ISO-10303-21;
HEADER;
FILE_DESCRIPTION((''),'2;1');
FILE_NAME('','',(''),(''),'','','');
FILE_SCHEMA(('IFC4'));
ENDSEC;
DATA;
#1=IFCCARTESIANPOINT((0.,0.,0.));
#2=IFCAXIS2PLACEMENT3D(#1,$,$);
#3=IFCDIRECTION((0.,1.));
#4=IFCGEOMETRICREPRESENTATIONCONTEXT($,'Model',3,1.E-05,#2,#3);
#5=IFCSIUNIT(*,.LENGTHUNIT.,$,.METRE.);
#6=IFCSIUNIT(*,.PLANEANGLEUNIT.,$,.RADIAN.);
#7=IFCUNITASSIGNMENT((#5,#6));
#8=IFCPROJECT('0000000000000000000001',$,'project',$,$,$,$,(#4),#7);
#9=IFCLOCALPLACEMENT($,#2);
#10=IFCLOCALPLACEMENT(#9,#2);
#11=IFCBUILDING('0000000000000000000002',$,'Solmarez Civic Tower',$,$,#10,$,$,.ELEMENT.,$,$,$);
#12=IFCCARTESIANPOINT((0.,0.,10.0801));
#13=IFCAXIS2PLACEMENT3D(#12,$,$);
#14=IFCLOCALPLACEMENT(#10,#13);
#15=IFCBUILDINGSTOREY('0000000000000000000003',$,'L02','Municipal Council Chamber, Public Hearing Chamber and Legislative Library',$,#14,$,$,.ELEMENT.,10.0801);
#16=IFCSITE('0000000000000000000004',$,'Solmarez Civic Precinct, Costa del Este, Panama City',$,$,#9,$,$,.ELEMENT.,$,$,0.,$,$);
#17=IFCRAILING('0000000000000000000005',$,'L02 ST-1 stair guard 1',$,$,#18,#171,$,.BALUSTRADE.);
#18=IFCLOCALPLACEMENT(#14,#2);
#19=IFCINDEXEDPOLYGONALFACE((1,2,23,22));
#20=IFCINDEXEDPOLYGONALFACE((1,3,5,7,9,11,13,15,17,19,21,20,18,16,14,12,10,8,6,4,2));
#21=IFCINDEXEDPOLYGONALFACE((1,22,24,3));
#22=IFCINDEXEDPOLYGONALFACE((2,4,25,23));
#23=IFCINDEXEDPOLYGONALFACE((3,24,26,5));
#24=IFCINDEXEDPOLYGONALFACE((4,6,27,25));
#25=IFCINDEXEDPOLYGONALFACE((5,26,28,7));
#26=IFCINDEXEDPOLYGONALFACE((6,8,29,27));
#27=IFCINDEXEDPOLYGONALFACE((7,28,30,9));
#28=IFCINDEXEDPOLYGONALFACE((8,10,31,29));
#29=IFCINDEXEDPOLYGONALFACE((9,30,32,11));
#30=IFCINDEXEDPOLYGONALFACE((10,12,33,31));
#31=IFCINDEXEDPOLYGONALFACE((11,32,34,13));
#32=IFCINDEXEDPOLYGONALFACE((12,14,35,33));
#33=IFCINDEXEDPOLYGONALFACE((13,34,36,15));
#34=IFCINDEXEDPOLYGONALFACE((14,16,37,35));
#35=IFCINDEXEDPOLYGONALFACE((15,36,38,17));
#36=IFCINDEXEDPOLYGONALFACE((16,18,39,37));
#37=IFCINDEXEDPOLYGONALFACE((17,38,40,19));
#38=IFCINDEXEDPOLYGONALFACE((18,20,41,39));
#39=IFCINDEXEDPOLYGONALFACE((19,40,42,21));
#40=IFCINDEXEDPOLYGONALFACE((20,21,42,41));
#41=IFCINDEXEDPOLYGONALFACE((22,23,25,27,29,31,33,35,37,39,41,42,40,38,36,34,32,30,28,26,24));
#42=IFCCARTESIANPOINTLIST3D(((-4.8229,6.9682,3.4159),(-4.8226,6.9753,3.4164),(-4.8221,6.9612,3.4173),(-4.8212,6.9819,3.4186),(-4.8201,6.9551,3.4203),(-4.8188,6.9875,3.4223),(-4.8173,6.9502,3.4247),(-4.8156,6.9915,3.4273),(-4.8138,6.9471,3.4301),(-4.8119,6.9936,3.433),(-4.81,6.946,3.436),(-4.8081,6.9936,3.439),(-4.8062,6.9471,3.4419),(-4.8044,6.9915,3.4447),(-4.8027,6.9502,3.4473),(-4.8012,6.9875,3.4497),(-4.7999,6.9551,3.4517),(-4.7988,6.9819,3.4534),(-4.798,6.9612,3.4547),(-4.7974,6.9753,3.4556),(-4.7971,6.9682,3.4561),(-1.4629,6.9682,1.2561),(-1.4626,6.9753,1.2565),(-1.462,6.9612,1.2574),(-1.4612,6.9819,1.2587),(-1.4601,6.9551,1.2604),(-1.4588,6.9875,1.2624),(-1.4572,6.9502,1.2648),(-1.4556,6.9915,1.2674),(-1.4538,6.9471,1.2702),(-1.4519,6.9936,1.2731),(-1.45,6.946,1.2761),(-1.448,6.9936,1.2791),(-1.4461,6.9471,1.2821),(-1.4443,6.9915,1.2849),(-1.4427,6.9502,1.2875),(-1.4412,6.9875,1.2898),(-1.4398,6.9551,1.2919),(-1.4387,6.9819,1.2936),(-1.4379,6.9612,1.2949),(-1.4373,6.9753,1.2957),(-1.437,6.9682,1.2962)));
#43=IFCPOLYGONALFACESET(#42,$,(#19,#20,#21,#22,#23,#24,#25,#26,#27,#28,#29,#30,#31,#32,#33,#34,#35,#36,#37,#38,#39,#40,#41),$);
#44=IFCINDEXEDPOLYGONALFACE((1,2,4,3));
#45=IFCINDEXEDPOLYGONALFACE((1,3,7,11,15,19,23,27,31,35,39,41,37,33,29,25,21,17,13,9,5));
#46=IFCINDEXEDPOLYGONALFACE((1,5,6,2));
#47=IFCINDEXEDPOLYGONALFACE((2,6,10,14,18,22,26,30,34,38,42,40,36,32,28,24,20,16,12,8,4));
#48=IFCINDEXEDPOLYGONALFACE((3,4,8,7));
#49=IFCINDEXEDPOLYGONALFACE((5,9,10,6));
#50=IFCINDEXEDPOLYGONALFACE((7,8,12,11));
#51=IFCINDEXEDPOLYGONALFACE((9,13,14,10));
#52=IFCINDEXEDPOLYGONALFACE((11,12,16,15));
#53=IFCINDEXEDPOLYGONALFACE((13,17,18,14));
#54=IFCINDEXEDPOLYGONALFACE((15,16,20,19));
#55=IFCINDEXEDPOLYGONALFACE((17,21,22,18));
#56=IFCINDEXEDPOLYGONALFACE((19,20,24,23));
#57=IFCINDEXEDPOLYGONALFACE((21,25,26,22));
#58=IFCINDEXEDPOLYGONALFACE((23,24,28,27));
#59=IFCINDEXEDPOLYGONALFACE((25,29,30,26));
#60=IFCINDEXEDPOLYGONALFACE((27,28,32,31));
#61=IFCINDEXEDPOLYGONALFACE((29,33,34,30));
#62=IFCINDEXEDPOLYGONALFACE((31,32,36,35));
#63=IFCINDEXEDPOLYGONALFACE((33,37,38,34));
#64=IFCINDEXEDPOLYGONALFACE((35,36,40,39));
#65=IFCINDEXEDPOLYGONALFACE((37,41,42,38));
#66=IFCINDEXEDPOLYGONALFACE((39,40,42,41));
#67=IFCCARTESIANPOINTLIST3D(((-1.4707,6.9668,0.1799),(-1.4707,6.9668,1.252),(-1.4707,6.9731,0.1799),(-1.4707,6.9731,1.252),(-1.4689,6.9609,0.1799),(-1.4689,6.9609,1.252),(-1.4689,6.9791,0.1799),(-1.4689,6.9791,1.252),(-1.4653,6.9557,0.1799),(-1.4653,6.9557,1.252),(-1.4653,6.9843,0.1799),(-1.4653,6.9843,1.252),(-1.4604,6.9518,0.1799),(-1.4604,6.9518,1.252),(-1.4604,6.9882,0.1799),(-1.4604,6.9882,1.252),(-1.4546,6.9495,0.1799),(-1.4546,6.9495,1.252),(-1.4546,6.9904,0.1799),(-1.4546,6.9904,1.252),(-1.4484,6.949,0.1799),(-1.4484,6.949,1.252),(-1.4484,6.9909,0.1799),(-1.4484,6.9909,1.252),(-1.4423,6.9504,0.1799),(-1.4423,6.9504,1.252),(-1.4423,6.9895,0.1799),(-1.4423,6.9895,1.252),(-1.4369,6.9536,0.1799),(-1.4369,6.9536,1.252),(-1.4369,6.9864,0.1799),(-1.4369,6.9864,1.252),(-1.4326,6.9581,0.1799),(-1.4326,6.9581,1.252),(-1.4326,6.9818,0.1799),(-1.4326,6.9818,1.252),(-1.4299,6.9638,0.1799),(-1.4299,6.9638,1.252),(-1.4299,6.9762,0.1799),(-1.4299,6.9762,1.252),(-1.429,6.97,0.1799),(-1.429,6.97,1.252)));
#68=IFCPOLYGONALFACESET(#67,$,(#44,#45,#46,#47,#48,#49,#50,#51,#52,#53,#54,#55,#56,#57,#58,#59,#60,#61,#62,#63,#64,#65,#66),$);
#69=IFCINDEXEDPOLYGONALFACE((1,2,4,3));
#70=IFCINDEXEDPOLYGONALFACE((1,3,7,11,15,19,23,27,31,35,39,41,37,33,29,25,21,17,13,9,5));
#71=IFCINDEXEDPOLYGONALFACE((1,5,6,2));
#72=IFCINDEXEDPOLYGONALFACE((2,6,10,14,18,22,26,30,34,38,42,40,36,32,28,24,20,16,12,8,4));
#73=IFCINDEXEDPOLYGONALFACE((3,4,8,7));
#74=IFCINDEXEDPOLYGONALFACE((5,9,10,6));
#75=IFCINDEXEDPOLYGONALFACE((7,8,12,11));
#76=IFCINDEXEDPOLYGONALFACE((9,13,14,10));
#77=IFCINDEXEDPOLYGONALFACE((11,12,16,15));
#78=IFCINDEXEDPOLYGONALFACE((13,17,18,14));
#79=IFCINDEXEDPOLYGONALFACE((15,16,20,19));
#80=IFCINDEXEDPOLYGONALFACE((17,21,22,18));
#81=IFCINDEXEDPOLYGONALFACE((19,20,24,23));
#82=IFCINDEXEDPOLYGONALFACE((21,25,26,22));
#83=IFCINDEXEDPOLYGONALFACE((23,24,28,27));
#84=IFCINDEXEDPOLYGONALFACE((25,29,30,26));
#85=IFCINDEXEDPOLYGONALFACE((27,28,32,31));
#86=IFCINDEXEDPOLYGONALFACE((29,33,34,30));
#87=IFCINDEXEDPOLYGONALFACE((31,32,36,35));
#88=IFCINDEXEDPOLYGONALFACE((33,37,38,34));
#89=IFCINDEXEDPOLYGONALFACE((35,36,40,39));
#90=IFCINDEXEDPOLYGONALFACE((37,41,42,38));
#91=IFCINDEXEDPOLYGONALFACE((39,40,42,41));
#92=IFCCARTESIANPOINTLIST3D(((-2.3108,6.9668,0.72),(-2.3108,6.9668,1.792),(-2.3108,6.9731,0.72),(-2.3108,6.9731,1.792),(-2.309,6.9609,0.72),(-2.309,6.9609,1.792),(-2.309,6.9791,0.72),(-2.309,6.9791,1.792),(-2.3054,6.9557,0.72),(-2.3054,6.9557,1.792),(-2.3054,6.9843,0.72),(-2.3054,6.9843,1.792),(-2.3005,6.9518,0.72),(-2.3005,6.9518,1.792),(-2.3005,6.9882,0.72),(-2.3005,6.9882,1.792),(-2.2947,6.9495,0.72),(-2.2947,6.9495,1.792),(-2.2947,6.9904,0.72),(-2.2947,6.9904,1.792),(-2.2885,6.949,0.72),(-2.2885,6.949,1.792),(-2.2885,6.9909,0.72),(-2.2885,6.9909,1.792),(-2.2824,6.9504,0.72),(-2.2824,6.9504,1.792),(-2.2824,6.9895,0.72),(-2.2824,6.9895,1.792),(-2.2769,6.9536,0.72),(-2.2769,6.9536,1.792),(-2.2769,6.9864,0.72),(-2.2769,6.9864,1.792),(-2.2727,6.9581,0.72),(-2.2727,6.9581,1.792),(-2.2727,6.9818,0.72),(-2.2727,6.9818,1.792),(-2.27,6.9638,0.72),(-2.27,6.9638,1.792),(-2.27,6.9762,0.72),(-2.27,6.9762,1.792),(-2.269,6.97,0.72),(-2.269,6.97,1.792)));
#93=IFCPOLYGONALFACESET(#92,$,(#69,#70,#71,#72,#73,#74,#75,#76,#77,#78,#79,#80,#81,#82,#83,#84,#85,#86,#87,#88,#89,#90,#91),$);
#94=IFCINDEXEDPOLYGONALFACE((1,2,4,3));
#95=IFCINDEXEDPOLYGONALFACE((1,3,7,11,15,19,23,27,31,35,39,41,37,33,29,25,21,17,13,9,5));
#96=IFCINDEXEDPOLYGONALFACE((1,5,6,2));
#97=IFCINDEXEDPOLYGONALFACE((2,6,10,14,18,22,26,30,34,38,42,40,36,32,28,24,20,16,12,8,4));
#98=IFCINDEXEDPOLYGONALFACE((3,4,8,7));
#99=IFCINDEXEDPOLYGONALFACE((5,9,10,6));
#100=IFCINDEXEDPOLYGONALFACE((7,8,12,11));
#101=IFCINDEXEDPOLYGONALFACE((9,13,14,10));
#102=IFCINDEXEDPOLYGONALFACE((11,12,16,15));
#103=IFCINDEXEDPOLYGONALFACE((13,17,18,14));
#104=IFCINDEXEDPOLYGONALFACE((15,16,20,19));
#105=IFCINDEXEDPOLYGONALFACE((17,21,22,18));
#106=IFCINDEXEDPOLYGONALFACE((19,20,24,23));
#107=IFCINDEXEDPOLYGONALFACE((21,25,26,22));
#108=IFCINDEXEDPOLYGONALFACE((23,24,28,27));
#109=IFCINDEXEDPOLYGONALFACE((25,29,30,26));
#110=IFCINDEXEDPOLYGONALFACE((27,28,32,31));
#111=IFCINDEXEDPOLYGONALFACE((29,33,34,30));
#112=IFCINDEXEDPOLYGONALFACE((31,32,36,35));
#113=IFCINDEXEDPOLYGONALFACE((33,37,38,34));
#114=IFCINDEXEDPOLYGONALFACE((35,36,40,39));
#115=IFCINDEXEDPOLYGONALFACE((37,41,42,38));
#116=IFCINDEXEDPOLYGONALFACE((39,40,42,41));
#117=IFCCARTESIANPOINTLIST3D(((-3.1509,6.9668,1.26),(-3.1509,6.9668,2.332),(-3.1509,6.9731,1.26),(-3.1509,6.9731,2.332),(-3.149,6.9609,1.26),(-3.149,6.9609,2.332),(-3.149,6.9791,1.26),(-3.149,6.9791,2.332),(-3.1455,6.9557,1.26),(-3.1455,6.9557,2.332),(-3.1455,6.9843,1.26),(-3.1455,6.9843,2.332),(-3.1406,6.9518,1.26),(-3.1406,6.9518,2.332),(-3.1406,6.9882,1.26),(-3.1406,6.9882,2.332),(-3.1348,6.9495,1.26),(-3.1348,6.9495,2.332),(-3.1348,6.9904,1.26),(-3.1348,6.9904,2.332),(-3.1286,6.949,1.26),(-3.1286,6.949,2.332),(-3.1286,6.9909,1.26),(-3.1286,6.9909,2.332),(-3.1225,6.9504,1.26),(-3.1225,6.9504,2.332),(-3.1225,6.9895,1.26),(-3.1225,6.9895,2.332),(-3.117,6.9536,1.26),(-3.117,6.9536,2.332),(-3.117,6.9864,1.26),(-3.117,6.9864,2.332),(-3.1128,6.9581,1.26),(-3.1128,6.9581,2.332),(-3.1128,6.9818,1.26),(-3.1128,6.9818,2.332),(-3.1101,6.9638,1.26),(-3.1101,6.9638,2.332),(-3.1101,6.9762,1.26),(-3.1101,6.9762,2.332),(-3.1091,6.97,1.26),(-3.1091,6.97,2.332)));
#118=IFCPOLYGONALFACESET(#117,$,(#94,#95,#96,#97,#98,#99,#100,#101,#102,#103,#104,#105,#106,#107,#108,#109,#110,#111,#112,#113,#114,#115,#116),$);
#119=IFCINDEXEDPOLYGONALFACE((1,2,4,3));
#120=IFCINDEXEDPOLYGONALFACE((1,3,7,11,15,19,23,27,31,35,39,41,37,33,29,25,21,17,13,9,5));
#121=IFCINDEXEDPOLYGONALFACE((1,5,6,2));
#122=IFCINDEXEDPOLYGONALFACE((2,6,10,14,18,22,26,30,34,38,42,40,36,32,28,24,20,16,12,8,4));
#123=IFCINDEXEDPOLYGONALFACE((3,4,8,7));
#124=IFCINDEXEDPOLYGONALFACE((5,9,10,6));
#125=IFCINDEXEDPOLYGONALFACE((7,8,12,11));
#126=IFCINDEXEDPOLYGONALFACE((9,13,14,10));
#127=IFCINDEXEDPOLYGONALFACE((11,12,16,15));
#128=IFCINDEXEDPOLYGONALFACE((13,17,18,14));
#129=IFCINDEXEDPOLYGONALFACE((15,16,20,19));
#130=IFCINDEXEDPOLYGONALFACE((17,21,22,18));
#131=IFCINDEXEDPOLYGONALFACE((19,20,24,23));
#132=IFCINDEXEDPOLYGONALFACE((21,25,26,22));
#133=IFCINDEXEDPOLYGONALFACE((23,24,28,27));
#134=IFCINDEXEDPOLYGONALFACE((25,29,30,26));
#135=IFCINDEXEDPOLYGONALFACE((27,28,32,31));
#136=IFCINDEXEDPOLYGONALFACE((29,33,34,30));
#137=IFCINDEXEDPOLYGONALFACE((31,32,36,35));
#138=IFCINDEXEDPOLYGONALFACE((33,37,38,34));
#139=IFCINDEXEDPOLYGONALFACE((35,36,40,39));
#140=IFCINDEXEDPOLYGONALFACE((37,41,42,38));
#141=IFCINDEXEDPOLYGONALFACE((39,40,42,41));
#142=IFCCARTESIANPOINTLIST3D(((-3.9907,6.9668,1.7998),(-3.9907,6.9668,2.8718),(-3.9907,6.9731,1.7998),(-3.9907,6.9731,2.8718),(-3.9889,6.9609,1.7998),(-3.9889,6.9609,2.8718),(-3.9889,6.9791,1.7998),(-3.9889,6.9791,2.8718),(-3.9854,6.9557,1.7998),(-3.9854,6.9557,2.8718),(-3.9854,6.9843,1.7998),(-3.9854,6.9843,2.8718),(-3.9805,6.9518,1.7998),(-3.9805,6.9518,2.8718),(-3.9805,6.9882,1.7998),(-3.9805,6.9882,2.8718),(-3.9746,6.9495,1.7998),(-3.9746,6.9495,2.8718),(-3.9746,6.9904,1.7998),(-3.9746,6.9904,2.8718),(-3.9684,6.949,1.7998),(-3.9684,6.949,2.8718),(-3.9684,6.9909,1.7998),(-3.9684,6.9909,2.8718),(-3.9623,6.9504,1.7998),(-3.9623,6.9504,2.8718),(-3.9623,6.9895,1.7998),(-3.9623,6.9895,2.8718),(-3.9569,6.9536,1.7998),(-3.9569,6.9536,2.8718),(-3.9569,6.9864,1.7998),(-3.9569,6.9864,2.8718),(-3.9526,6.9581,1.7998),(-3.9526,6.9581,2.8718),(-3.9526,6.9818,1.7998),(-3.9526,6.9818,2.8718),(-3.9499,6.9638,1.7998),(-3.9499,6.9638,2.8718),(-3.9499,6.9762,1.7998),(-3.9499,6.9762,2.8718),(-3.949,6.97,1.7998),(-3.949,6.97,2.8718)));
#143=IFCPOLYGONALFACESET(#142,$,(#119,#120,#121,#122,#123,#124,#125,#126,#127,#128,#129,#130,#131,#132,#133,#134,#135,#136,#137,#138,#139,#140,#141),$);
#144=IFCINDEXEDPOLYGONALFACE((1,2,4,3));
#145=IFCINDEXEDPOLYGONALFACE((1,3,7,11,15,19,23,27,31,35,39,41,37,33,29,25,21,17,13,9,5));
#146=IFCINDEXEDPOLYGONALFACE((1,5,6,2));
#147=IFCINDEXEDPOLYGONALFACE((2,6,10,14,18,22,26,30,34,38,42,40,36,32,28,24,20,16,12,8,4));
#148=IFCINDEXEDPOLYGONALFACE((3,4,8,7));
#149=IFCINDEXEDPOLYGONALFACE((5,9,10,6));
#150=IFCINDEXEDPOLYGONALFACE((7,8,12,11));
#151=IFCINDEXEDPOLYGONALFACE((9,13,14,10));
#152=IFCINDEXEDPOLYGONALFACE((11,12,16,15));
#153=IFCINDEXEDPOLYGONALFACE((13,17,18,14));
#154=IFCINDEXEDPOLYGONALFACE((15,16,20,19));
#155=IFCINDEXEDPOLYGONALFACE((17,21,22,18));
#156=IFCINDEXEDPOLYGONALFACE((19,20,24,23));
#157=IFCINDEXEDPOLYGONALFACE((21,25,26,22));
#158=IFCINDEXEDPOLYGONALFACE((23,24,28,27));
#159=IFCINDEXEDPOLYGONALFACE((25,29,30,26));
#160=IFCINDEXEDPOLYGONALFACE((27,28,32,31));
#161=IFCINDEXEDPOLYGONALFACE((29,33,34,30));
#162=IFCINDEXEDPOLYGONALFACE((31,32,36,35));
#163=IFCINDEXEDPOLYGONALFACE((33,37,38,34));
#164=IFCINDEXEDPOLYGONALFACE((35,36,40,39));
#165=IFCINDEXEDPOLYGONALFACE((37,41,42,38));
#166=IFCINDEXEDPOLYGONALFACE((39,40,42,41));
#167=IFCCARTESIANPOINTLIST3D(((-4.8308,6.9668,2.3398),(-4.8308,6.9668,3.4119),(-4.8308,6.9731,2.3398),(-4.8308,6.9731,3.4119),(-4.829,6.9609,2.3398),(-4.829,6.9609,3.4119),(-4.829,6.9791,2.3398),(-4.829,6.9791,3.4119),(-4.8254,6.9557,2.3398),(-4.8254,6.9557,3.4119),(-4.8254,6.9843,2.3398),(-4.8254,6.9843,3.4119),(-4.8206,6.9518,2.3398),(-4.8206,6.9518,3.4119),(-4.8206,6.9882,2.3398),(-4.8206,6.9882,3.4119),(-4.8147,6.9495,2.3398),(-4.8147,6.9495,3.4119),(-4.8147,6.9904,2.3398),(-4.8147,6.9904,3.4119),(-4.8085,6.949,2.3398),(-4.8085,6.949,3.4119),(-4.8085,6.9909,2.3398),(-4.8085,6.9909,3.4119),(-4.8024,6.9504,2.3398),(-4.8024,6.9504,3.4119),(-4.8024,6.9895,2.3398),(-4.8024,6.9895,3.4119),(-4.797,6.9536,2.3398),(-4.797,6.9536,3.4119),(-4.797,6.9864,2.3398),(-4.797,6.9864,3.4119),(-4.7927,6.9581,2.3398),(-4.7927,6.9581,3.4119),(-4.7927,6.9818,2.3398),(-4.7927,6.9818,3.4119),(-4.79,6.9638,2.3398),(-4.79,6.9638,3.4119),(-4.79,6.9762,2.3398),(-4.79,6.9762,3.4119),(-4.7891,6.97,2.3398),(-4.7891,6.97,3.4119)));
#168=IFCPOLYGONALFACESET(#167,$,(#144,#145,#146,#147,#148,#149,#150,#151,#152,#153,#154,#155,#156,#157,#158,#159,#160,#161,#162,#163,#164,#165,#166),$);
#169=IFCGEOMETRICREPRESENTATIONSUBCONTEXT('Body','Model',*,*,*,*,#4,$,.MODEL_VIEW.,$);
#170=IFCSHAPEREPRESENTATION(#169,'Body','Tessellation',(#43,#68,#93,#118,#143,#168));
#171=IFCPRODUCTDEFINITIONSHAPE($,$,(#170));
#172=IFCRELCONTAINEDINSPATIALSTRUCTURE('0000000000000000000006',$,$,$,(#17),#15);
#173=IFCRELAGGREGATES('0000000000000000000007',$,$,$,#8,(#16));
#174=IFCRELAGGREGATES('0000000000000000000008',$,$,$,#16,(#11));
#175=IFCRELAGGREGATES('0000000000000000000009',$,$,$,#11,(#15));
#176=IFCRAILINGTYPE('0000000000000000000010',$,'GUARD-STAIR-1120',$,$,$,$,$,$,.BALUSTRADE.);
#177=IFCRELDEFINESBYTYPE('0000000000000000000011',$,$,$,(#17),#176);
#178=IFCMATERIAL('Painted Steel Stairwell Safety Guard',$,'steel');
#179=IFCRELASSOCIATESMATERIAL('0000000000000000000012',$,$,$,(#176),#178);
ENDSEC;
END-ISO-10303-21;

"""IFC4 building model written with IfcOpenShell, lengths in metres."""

from ifc_helpers import new_model, si_unit, direction, frame, origin, origin_2d, place, context, subcontext, project, spatial, circle, extrude, material, type_object, element, save


model = new_model("IFC4")

# Units and contexts
model_context = context("Model", 3, precision=1e-05, world=origin(), true_north=direction((0.0, 1.0)))
body_context = subcontext(model_context, "Body", "Model", "MODEL_VIEW")
ifc_project = project(units=[si_unit("LENGTHUNIT", "METRE"), si_unit("PLANEANGLEUNIT", "RADIAN")], contexts=[model_context])

# Site, building, storey
site_placement = place(None, origin())
site = spatial("IfcSite", under=ifc_project, at=site_placement, Name="Solmarez Civic Precinct, Costa del Este, Panama City", CompositionType="ELEMENT", RefElevation=0.0)
building_placement = place(site_placement, origin())
building = spatial("IfcBuilding", under=site, at=building_placement, Name="Solmarez Civic Tower", CompositionType="ELEMENT")
storey_placement = place(building_placement, frame((0.0, 0.0, 10.0801)))
storey = spatial("IfcBuildingStorey", under=building, at=storey_placement, Name="L02", Description="Municipal Council Chamber, Public Hearing Chamber and Legislative Library", CompositionType="ELEMENT", Elevation=10.0801)

# Railing
ifc_material_1 = material(Name="Painted Steel Stairwell Safety Guard", Category="steel")
railing_type_1 = type_object("IfcRailingType", Name="GUARD-STAIR-1120", PredefinedType="BALUSTRADE", material=ifc_material_1)
railing_1_placement = place(storey_placement, frame((-1.45, 6.97, 0.1799)))
element("IfcRailing", 1, at=railing_1_placement, inside=storey, type_object=railing_type_1, Name="L02 ST-1 stair guard 1", PredefinedType="BALUSTRADE", context=body_context, shape_type="SweptSolid", body=[
    extrude(circle(Radius=0.0239, at=origin_2d()), frame((0.0, 0.0, 1.0962), z_axis=(-0.841196, 0.0, 0.54073), x_axis=(0.0, -1.0, 0.0)), (0.0, 0.0, 1.0), 3.9944),
    extrude(circle(Radius=0.021, at=origin_2d()), origin(), (0.0, 0.0, 1.0), 1.072),
    extrude(circle(Radius=0.021, at=origin_2d()), frame((-0.8401, 0.0, 0.54)), (0.0, 0.0, 1.0), 1.072),
    extrude(circle(Radius=0.021, at=origin_2d()), frame((-1.6802, 0.0, 1.0801)), (0.0, 0.0, 1.0), 1.072),
    extrude(circle(Radius=0.021, at=origin_2d()), frame((-2.52, 0.0, 1.6199)), (0.0, 0.0, 1.0), 1.072),
    extrude(circle(Radius=0.021, at=origin_2d()), frame((-3.3601, 0.0, 2.1599)), (0.0, 0.0, 1.0), 1.072),
])

save(model, "model.ifc")
